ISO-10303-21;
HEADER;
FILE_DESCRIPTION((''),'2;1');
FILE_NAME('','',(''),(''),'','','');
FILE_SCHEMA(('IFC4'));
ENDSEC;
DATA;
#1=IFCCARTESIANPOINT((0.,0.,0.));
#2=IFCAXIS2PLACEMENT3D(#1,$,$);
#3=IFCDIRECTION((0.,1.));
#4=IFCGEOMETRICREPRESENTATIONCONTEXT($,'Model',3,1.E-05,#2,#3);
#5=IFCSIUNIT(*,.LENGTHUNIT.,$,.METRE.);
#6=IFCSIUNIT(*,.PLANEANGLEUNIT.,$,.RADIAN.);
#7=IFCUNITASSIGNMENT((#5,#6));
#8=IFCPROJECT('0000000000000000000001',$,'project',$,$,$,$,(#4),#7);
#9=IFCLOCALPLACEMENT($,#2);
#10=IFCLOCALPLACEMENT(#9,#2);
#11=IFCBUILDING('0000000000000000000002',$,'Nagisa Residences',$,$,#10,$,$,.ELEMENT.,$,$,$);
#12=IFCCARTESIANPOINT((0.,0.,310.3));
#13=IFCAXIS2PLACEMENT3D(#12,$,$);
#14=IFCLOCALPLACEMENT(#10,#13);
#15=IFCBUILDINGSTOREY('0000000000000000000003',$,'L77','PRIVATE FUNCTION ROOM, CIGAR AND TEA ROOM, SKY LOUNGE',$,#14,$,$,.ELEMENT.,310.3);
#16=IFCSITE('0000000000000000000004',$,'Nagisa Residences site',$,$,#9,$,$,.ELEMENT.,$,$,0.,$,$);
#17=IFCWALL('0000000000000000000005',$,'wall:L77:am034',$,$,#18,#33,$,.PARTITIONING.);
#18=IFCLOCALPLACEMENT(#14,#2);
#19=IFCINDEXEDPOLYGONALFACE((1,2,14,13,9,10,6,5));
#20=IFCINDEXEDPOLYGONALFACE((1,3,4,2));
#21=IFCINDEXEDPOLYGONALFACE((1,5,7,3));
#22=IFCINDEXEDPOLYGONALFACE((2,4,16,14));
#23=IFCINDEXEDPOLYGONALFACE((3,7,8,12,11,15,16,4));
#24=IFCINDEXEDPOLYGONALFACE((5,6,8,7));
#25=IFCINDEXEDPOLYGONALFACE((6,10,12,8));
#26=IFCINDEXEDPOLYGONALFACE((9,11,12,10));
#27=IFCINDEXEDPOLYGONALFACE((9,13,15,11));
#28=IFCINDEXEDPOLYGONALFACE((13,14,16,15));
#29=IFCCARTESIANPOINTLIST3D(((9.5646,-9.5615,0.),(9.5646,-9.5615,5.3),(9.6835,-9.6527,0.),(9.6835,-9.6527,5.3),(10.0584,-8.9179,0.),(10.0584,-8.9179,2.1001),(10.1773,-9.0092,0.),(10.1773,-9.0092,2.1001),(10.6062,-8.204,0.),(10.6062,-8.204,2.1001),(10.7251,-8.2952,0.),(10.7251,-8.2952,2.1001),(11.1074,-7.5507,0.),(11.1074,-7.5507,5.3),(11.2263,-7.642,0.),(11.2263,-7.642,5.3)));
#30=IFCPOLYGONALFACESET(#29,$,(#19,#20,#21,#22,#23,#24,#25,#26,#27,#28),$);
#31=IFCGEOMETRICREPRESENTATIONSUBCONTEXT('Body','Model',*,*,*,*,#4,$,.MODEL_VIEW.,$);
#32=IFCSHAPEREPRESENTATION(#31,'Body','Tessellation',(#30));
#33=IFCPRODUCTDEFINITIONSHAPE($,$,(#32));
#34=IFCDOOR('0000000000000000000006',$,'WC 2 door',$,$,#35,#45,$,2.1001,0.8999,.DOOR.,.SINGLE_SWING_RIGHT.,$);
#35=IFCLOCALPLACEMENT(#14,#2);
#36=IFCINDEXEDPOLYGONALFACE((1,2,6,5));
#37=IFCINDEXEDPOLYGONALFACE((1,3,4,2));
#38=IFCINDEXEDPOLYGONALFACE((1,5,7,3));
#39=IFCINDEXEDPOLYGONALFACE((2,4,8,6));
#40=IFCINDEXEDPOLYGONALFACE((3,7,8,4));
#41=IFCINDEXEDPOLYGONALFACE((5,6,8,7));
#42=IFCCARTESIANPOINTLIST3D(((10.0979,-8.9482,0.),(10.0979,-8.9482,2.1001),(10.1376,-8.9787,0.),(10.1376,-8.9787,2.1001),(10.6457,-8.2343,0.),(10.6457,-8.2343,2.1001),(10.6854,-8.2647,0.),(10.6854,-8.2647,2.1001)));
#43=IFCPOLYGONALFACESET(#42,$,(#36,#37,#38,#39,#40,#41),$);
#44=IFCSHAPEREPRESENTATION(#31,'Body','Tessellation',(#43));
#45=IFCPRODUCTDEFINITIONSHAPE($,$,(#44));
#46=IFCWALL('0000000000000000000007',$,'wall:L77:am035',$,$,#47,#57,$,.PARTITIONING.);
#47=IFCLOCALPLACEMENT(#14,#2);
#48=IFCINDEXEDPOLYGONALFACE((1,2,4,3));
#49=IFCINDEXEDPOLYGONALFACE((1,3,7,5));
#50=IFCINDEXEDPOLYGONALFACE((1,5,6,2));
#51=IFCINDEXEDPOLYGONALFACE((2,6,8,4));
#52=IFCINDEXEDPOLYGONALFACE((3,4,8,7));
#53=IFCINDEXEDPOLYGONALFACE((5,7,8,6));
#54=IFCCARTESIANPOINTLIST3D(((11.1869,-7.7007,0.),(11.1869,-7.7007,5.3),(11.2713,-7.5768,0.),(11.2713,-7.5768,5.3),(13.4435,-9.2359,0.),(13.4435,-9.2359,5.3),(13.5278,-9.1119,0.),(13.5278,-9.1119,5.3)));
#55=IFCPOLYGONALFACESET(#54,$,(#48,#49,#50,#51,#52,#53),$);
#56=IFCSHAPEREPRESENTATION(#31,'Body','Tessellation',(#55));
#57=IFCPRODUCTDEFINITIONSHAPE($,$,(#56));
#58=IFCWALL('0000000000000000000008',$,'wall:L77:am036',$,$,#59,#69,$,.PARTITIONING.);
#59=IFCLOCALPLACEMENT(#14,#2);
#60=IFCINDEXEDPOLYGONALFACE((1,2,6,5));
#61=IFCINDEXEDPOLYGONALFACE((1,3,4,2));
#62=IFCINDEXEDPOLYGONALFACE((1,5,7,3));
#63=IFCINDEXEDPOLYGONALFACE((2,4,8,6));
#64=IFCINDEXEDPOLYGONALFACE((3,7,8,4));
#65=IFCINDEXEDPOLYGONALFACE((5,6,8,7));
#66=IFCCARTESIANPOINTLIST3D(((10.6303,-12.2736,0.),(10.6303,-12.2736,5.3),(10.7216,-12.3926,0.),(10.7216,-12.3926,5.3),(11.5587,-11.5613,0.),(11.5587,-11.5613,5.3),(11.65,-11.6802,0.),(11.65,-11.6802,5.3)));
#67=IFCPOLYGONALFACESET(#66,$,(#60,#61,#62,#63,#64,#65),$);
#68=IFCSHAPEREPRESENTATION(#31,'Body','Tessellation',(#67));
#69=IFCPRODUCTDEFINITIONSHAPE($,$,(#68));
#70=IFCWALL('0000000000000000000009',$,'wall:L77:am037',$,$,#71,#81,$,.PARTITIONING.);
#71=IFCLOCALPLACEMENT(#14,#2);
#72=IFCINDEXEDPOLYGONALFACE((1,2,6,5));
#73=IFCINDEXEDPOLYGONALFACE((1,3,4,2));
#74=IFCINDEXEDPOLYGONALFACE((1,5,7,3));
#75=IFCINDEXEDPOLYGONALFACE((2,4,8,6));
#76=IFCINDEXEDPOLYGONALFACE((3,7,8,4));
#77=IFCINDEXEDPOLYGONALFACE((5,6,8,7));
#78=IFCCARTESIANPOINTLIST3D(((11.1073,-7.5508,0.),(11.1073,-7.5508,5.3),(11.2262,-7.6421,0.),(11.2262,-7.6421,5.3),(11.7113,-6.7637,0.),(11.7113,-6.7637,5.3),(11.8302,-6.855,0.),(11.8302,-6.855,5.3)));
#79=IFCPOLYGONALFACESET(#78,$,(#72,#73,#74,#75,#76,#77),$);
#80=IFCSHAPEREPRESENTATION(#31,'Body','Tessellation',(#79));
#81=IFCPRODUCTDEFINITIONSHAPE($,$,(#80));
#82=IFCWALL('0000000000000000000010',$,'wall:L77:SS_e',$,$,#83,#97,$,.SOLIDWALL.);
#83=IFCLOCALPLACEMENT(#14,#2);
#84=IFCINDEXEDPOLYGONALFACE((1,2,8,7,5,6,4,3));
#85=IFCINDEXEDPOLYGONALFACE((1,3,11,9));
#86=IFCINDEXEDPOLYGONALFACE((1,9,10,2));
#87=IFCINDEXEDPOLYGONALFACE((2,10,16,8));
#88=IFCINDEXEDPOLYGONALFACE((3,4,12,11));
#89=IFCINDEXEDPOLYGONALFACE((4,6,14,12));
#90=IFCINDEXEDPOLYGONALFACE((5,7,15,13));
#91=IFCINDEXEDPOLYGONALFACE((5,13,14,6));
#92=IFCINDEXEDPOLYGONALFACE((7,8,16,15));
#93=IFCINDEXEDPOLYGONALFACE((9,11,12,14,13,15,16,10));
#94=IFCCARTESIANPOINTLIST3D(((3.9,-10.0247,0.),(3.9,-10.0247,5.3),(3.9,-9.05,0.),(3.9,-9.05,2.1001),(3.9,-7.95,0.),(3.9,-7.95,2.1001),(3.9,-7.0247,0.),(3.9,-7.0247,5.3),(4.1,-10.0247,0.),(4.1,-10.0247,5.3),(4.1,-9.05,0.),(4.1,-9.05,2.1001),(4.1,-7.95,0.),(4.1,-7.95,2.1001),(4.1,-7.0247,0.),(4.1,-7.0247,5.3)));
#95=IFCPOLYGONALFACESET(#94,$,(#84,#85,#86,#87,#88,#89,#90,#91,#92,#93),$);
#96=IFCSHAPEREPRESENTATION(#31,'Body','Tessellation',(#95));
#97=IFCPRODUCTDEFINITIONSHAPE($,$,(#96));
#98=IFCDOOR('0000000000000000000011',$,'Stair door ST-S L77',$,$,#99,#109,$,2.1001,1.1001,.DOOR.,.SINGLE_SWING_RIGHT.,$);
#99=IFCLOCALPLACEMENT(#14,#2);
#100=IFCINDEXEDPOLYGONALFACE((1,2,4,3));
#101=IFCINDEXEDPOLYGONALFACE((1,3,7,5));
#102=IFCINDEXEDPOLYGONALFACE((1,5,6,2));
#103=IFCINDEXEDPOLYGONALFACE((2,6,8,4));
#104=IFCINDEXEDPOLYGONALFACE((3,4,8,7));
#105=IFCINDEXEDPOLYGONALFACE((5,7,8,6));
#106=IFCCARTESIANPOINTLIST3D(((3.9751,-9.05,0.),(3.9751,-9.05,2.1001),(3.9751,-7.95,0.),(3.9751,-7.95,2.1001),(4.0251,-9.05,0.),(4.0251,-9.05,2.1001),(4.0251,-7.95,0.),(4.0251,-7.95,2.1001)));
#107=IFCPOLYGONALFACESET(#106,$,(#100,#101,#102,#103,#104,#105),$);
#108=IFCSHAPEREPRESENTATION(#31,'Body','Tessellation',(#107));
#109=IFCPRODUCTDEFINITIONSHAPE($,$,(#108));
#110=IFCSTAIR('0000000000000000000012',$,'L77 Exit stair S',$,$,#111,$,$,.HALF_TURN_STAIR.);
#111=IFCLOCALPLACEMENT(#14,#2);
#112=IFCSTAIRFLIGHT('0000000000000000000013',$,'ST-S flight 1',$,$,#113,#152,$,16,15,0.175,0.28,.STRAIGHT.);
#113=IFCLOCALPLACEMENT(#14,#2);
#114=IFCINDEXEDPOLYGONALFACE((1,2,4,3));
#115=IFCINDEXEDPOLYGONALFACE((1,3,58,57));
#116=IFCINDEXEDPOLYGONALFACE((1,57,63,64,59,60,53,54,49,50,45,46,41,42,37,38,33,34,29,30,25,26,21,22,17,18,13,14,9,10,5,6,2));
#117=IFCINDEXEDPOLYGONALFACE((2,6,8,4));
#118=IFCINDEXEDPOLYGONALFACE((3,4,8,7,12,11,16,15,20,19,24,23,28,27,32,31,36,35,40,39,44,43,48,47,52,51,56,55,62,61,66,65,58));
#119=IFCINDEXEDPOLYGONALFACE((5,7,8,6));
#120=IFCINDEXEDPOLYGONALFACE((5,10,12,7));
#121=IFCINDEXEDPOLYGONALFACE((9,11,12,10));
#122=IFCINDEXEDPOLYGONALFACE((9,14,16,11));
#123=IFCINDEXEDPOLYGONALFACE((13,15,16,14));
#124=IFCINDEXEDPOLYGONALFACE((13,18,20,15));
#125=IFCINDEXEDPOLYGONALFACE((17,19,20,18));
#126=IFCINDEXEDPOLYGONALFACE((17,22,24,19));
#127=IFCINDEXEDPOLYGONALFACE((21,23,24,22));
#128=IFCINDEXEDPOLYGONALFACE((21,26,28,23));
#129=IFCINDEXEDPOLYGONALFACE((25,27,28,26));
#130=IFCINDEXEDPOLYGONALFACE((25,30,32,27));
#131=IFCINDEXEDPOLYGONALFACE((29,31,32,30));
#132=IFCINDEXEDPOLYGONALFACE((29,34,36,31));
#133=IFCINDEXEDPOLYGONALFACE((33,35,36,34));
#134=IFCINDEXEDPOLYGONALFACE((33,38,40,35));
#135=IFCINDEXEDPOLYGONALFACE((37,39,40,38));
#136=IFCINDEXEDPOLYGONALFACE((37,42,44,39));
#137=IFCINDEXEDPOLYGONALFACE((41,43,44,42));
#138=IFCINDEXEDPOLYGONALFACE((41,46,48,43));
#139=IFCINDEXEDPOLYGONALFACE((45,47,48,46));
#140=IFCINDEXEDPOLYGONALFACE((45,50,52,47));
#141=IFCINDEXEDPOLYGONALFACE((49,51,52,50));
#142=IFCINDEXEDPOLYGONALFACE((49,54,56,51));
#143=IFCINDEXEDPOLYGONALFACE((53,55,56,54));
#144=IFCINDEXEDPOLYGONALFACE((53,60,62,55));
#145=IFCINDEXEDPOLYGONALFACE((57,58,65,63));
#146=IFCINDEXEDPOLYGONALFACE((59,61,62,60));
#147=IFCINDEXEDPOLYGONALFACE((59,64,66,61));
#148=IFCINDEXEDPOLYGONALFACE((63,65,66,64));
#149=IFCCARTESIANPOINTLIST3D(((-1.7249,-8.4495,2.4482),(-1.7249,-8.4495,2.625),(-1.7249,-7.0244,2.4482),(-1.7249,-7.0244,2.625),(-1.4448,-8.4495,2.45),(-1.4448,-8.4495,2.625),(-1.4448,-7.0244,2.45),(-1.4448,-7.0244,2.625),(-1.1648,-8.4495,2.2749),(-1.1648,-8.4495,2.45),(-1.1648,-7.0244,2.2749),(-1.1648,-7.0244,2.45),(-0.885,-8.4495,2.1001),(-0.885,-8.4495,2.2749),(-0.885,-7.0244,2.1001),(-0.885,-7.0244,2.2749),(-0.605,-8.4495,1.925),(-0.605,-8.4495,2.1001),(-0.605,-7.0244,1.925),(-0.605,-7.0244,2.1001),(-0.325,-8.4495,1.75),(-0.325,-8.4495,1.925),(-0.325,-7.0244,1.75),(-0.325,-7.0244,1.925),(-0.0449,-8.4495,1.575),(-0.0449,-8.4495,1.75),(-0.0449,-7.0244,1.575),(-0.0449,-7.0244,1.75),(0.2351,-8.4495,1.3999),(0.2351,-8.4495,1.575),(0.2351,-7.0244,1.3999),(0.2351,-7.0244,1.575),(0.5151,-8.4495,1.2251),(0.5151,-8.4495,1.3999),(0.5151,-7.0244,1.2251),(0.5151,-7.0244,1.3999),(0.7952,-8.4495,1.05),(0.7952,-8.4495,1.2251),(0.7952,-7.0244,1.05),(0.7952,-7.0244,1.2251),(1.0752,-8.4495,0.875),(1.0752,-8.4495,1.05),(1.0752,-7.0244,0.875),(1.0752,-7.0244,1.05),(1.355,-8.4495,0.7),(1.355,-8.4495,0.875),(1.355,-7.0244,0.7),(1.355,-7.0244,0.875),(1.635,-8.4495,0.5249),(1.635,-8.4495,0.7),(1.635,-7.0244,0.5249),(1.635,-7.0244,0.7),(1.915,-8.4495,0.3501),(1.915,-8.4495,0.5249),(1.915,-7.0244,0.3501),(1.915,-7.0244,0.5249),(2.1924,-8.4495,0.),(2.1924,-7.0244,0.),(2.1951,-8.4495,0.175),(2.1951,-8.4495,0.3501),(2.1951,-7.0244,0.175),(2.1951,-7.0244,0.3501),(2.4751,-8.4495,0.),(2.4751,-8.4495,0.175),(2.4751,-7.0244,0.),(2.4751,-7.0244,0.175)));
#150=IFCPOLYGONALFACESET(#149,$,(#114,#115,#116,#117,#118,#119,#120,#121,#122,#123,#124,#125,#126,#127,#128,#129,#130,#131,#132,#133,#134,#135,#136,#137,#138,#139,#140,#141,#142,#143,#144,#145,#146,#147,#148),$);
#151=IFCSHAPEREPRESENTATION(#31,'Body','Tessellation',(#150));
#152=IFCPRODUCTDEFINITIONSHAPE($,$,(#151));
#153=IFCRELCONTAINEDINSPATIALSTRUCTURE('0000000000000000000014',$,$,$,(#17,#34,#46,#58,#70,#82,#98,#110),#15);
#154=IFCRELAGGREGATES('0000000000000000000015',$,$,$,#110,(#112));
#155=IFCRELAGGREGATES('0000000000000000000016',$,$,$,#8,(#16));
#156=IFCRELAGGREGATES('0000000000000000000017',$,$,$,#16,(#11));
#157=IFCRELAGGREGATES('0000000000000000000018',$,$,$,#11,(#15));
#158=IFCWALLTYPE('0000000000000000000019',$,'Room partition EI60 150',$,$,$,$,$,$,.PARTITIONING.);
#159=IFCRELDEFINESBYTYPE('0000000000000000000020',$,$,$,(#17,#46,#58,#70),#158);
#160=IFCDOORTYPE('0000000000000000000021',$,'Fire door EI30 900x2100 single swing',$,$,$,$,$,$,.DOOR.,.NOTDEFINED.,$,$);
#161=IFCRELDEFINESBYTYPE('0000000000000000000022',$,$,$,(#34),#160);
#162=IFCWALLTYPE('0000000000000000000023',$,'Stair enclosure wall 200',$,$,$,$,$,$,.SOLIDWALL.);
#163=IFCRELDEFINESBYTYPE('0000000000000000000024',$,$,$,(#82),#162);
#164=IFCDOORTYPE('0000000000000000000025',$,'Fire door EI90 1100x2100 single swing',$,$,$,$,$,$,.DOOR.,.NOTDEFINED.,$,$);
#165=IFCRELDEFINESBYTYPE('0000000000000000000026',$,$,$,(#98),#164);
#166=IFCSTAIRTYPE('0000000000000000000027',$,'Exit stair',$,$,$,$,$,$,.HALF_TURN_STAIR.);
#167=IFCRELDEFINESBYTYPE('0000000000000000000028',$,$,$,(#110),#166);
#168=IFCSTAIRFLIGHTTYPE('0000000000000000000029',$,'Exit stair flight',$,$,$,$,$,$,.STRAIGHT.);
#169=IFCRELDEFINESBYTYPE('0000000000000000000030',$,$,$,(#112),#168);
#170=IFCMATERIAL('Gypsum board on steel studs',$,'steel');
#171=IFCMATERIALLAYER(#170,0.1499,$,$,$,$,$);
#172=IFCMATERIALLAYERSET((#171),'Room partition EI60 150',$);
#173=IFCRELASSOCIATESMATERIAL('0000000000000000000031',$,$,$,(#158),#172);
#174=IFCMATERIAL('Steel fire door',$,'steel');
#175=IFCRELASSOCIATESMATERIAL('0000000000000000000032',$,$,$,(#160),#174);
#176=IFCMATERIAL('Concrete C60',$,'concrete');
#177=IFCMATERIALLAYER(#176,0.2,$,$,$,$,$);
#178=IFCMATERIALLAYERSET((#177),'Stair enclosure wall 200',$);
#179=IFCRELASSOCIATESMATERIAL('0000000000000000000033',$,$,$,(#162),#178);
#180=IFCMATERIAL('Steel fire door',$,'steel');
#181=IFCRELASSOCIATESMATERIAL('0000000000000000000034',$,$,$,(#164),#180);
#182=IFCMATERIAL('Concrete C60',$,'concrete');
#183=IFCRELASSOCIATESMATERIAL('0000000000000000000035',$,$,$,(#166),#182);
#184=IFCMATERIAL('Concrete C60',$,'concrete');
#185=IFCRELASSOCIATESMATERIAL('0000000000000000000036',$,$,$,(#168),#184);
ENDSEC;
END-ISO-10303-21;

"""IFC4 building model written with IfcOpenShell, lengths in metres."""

from ifc_helpers import new_model, si_unit, direction, frame, frame_2d, origin, place, context, subcontext, project, spatial, polyline, rectangle, outline, extrude, material, layer, layer_set, type_object, element, fill, aggregate, save


model = new_model("IFC4")

# Units and contexts
model_context = context("Model", 3, precision=1e-05, world=origin(), true_north=direction((0.0, 1.0)))
body_context = subcontext(model_context, "Body", "Model", "MODEL_VIEW")
ifc_project = project(units=[si_unit("LENGTHUNIT", "METRE"), si_unit("PLANEANGLEUNIT", "RADIAN")], contexts=[model_context])

# Site, building, storey
site_placement = place(None, origin())
site = spatial("IfcSite", under=ifc_project, at=site_placement, Name="Nagisa Residences site", CompositionType="ELEMENT", RefElevation=0.0)
building_placement = place(site_placement, origin())
building = spatial("IfcBuilding", under=site, at=building_placement, Name="Nagisa Residences", CompositionType="ELEMENT")
storey_placement = place(building_placement, frame((0.0, 0.0, 310.3)))
storey = spatial("IfcBuildingStorey", under=building, at=storey_placement, Name="L77", Description="PRIVATE FUNCTION ROOM, CIGAR AND TEA ROOM, SKY LOUNGE", CompositionType="ELEMENT", Elevation=310.3)

# Shared definitions
ifc_material_1 = material(Name="Gypsum board on steel studs", Category="steel")
ifc_layer_1 = layer(ifc_material_1, 0.1499)
ifc_layer_set_1 = layer_set([ifc_layer_1], Name="Room partition EI60 150")
wall_type_1 = type_object("IfcWallType", Name="Room partition EI60 150", PredefinedType="PARTITIONING", material=ifc_layer_set_1)
ifc_material_2 = material(Name="Steel fire door", Category="steel")
door_type_1 = type_object("IfcDoorType", Name="Fire door EI30 900x2100 single swing", OperationType="NOTDEFINED", PredefinedType="DOOR", material=ifc_material_2)

# Wall, opening, door
wall_1_placement = place(storey_placement, frame((11.1667, -7.5964, 0.0), z_axis=(0.0, 0.0, 1.0), x_axis=(-0.608719, -0.793386, 0.0)))
wall_1 = element("IfcWall", 1, at=wall_1_placement, inside=storey, type_object=wall_type_1, Name="wall:L77:am034", PredefinedType="PARTITIONING", context=body_context, shape_type="SweptSolid", body=[
    extrude(rectangle(XDim=2.5344, YDim=0.1499, at=frame_2d((1.2671, 0.0))), origin(), (0.0, 0.0, 1.0), 5.3),
])
opening_1_placement = place(wall_1_placement, frame((0.8232, 0.0, 0.0)))
opening_1 = element("IfcOpeningElement", 2, at=opening_1_placement, cuts=wall_1, PredefinedType="OPENING", context=body_context, shape_type="SweptSolid", body=[
    extrude(rectangle(XDim=0.8999, YDim=2.1001, at=frame_2d((0.45, 1.05))), frame((0.0, 0.085, 0.0), z_axis=(0.0, -1.0, 0.0), x_axis=(1.0, 0.0, 0.0)), (0.0, 0.0, 1.0), 0.1699),
])
door_1_placement = place(opening_1_placement, origin())
door_1 = element("IfcDoor", 3, at=door_1_placement, inside=storey, type_object=door_type_1, Name="WC 2 door", OperationType="SINGLE_SWING_RIGHT", OverallHeight=2.1001, OverallWidth=0.8999, PredefinedType="DOOR", context=body_context, shape_type="SweptSolid", body=[
    extrude(rectangle(XDim=0.8999, YDim=2.1001, at=frame_2d((0.45, 1.05))), frame((0.0, 0.0249, 0.0), z_axis=(0.0, -1.0, 0.0), x_axis=(1.0, 0.0, 0.0)), (0.0, 0.0, 1.0), 0.05),
])
fill(opening_1, door_1)

# Walls
wall_2_placement = place(storey_placement, frame((11.229, -7.6387, 0.0), z_axis=(0.0, 0.0, 1.0), x_axis=(0.826812, -0.562479, 0.0)))
element("IfcWall", 4, at=wall_2_placement, inside=storey, type_object=wall_type_1, Name="wall:L77:am035", PredefinedType="PARTITIONING", context=body_context, shape_type="SweptSolid", body=[
    extrude(rectangle(XDim=2.7292, YDim=0.1499, at=frame_2d((1.3647, 0.0))), origin(), (0.0, 0.0, 1.0), 5.3),
])
wall_3_placement = place(storey_placement, frame((11.6042, -11.6208, 0.0), z_axis=(0.0, 0.0, 1.0), x_axis=(-0.793368, -0.608742, 0.0)))
element("IfcWall", 5, at=wall_3_placement, inside=storey, type_object=wall_type_1, Name="wall:L77:am036", PredefinedType="PARTITIONING", context=body_context, shape_type="SweptSolid", body=[
    extrude(rectangle(XDim=1.1702, YDim=0.1499, at=frame_2d((0.585, 0.0))), origin(), (0.0, 0.0, 1.0), 5.3),
])
wall_4_placement = place(storey_placement, frame((11.7708, -6.8093, 0.0), z_axis=(0.0, 0.0, 1.0), x_axis=(-0.608783, -0.793337, 0.0)))
element("IfcWall", 6, at=wall_4_placement, inside=storey, type_object=wall_type_1, Name="wall:L77:am037", PredefinedType="PARTITIONING", context=body_context, shape_type="SweptSolid", body=[
    extrude(rectangle(XDim=0.9922, YDim=0.1499, at=frame_2d((0.4961, 0.0))), origin(), (0.0, 0.0, 1.0), 5.3),
])

# Wall, opening, door
ifc_material_3 = material(Name="Concrete C60", Category="concrete")
ifc_layer_2 = layer(ifc_material_3, 0.2)
ifc_layer_set_2 = layer_set([ifc_layer_2], Name="Stair enclosure wall 200")
wall_type_2 = type_object("IfcWallType", Name="Stair enclosure wall 200", PredefinedType="SOLIDWALL", material=ifc_layer_set_2)
wall_5_placement = place(storey_placement, frame((4.0, -10.0247, 0.0), z_axis=(0.0, 0.0, 1.0), x_axis=(0.0, 1.0, 0.0)))
wall_5 = element("IfcWall", 7, at=wall_5_placement, inside=storey, type_object=wall_type_2, Name="wall:L77:SS_e", PredefinedType="SOLIDWALL", context=body_context, shape_type="SweptSolid", body=[
    extrude(rectangle(XDim=3.0, YDim=0.2, at=frame_2d((1.5, 0.0))), origin(), (0.0, 0.0, 1.0), 5.3),
])
opening_2_placement = place(wall_5_placement, frame((0.9746, 0.0, 0.0)))
opening_2 = element("IfcOpeningElement", 8, at=opening_2_placement, cuts=wall_5, PredefinedType="OPENING", context=body_context, shape_type="SweptSolid", body=[
    extrude(rectangle(XDim=1.1001, YDim=2.1001, at=frame_2d((0.55, 1.05))), frame((0.0, 0.1099, 0.0), z_axis=(0.0, -1.0, 0.0), x_axis=(1.0, 0.0, 0.0)), (0.0, 0.0, 1.0), 0.22),
])
ifc_material_4 = material(Name="Steel fire door", Category="steel")
door_type_2 = type_object("IfcDoorType", Name="Fire door EI90 1100x2100 single swing", OperationType="NOTDEFINED", PredefinedType="DOOR", material=ifc_material_4)
door_2_placement = place(opening_2_placement, origin())
door_2 = element("IfcDoor", 9, at=door_2_placement, inside=storey, type_object=door_type_2, Name="Stair door ST-S L77", OperationType="SINGLE_SWING_RIGHT", OverallHeight=2.1001, OverallWidth=1.1001, PredefinedType="DOOR", context=body_context, shape_type="SweptSolid", body=[
    extrude(rectangle(XDim=1.1001, YDim=2.1001, at=frame_2d((0.55, 1.05))), frame((0.0, 0.0249, 0.0), z_axis=(0.0, -1.0, 0.0), x_axis=(1.0, 0.0, 0.0)), (0.0, 0.0, 1.0), 0.05),
])
fill(opening_2, door_2)

# Stair, stair flight
ifc_material_5 = material(Name="Concrete C60", Category="concrete")
stair_type = type_object("IfcStairType", Name="Exit stair", PredefinedType="HALF_TURN_STAIR", material=ifc_material_5)
stair_placement = place(storey_placement, origin())
stair = element("IfcStair", 10, at=stair_placement, inside=storey, type_object=stair_type, Name="L77 Exit stair S", PredefinedType="HALF_TURN_STAIR")
ifc_material_6 = material(Name="Concrete C60", Category="concrete")
stair_flight_type = type_object("IfcStairFlightType", Name="Exit stair flight", PredefinedType="STRAIGHT", material=ifc_material_6)
stair_flight_1_placement = place(storey_placement, frame((2.4751, -7.7371, 0.0), z_axis=(0.0, 0.0, 1.0), x_axis=(-1.0, 0.0, 0.0)))
stair_flight_1 = element("IfcStairFlight", 11, at=stair_flight_1_placement, type_object=stair_flight_type, Name="ST-S flight 1", NumberOfRisers=16, NumberOfTreads=15, PredefinedType="STRAIGHT", RiserHeight=0.175, TreadLength=0.28, context=body_context, shape_type="SweptSolid", body=[
    extrude(outline(polyline([(0.0, 0.0), (0.0, 0.175), (0.28, 0.175), (0.28, 0.3501), (0.5601, 0.3501), (0.5601, 0.5249), (0.8401, 0.5249), (0.8401, 0.7), (1.1201, 0.7), (1.1201, 0.875), (1.3999, 0.875), (1.3999, 1.05), (1.6799, 1.05), (1.6799, 1.2251), (1.96, 1.2251), (1.96, 1.3999), (2.24, 1.3999), (2.24, 1.575), (2.52, 1.575), (2.52, 1.75), (2.8, 1.75), (2.8, 1.925), (3.0801, 1.925), (3.0801, 2.1001), (3.3601, 2.1001), (3.3601, 2.2749), (3.6399, 2.2749), (3.6399, 2.45), (3.9199, 2.45), (3.9199, 2.625), (4.2, 2.625), (4.2, 2.8), (4.2, 2.4482), (0.2827, 0.0), (0.0, 0.0)])), frame((0.0, 0.7124, 0.0), z_axis=(0.0, -1.0, 0.0), x_axis=(1.0, 0.0, 0.0)), (0.0, 0.0, 1.0), 1.425),
])
aggregate(stair, [stair_flight_1])

save(model, "model.ifc")
